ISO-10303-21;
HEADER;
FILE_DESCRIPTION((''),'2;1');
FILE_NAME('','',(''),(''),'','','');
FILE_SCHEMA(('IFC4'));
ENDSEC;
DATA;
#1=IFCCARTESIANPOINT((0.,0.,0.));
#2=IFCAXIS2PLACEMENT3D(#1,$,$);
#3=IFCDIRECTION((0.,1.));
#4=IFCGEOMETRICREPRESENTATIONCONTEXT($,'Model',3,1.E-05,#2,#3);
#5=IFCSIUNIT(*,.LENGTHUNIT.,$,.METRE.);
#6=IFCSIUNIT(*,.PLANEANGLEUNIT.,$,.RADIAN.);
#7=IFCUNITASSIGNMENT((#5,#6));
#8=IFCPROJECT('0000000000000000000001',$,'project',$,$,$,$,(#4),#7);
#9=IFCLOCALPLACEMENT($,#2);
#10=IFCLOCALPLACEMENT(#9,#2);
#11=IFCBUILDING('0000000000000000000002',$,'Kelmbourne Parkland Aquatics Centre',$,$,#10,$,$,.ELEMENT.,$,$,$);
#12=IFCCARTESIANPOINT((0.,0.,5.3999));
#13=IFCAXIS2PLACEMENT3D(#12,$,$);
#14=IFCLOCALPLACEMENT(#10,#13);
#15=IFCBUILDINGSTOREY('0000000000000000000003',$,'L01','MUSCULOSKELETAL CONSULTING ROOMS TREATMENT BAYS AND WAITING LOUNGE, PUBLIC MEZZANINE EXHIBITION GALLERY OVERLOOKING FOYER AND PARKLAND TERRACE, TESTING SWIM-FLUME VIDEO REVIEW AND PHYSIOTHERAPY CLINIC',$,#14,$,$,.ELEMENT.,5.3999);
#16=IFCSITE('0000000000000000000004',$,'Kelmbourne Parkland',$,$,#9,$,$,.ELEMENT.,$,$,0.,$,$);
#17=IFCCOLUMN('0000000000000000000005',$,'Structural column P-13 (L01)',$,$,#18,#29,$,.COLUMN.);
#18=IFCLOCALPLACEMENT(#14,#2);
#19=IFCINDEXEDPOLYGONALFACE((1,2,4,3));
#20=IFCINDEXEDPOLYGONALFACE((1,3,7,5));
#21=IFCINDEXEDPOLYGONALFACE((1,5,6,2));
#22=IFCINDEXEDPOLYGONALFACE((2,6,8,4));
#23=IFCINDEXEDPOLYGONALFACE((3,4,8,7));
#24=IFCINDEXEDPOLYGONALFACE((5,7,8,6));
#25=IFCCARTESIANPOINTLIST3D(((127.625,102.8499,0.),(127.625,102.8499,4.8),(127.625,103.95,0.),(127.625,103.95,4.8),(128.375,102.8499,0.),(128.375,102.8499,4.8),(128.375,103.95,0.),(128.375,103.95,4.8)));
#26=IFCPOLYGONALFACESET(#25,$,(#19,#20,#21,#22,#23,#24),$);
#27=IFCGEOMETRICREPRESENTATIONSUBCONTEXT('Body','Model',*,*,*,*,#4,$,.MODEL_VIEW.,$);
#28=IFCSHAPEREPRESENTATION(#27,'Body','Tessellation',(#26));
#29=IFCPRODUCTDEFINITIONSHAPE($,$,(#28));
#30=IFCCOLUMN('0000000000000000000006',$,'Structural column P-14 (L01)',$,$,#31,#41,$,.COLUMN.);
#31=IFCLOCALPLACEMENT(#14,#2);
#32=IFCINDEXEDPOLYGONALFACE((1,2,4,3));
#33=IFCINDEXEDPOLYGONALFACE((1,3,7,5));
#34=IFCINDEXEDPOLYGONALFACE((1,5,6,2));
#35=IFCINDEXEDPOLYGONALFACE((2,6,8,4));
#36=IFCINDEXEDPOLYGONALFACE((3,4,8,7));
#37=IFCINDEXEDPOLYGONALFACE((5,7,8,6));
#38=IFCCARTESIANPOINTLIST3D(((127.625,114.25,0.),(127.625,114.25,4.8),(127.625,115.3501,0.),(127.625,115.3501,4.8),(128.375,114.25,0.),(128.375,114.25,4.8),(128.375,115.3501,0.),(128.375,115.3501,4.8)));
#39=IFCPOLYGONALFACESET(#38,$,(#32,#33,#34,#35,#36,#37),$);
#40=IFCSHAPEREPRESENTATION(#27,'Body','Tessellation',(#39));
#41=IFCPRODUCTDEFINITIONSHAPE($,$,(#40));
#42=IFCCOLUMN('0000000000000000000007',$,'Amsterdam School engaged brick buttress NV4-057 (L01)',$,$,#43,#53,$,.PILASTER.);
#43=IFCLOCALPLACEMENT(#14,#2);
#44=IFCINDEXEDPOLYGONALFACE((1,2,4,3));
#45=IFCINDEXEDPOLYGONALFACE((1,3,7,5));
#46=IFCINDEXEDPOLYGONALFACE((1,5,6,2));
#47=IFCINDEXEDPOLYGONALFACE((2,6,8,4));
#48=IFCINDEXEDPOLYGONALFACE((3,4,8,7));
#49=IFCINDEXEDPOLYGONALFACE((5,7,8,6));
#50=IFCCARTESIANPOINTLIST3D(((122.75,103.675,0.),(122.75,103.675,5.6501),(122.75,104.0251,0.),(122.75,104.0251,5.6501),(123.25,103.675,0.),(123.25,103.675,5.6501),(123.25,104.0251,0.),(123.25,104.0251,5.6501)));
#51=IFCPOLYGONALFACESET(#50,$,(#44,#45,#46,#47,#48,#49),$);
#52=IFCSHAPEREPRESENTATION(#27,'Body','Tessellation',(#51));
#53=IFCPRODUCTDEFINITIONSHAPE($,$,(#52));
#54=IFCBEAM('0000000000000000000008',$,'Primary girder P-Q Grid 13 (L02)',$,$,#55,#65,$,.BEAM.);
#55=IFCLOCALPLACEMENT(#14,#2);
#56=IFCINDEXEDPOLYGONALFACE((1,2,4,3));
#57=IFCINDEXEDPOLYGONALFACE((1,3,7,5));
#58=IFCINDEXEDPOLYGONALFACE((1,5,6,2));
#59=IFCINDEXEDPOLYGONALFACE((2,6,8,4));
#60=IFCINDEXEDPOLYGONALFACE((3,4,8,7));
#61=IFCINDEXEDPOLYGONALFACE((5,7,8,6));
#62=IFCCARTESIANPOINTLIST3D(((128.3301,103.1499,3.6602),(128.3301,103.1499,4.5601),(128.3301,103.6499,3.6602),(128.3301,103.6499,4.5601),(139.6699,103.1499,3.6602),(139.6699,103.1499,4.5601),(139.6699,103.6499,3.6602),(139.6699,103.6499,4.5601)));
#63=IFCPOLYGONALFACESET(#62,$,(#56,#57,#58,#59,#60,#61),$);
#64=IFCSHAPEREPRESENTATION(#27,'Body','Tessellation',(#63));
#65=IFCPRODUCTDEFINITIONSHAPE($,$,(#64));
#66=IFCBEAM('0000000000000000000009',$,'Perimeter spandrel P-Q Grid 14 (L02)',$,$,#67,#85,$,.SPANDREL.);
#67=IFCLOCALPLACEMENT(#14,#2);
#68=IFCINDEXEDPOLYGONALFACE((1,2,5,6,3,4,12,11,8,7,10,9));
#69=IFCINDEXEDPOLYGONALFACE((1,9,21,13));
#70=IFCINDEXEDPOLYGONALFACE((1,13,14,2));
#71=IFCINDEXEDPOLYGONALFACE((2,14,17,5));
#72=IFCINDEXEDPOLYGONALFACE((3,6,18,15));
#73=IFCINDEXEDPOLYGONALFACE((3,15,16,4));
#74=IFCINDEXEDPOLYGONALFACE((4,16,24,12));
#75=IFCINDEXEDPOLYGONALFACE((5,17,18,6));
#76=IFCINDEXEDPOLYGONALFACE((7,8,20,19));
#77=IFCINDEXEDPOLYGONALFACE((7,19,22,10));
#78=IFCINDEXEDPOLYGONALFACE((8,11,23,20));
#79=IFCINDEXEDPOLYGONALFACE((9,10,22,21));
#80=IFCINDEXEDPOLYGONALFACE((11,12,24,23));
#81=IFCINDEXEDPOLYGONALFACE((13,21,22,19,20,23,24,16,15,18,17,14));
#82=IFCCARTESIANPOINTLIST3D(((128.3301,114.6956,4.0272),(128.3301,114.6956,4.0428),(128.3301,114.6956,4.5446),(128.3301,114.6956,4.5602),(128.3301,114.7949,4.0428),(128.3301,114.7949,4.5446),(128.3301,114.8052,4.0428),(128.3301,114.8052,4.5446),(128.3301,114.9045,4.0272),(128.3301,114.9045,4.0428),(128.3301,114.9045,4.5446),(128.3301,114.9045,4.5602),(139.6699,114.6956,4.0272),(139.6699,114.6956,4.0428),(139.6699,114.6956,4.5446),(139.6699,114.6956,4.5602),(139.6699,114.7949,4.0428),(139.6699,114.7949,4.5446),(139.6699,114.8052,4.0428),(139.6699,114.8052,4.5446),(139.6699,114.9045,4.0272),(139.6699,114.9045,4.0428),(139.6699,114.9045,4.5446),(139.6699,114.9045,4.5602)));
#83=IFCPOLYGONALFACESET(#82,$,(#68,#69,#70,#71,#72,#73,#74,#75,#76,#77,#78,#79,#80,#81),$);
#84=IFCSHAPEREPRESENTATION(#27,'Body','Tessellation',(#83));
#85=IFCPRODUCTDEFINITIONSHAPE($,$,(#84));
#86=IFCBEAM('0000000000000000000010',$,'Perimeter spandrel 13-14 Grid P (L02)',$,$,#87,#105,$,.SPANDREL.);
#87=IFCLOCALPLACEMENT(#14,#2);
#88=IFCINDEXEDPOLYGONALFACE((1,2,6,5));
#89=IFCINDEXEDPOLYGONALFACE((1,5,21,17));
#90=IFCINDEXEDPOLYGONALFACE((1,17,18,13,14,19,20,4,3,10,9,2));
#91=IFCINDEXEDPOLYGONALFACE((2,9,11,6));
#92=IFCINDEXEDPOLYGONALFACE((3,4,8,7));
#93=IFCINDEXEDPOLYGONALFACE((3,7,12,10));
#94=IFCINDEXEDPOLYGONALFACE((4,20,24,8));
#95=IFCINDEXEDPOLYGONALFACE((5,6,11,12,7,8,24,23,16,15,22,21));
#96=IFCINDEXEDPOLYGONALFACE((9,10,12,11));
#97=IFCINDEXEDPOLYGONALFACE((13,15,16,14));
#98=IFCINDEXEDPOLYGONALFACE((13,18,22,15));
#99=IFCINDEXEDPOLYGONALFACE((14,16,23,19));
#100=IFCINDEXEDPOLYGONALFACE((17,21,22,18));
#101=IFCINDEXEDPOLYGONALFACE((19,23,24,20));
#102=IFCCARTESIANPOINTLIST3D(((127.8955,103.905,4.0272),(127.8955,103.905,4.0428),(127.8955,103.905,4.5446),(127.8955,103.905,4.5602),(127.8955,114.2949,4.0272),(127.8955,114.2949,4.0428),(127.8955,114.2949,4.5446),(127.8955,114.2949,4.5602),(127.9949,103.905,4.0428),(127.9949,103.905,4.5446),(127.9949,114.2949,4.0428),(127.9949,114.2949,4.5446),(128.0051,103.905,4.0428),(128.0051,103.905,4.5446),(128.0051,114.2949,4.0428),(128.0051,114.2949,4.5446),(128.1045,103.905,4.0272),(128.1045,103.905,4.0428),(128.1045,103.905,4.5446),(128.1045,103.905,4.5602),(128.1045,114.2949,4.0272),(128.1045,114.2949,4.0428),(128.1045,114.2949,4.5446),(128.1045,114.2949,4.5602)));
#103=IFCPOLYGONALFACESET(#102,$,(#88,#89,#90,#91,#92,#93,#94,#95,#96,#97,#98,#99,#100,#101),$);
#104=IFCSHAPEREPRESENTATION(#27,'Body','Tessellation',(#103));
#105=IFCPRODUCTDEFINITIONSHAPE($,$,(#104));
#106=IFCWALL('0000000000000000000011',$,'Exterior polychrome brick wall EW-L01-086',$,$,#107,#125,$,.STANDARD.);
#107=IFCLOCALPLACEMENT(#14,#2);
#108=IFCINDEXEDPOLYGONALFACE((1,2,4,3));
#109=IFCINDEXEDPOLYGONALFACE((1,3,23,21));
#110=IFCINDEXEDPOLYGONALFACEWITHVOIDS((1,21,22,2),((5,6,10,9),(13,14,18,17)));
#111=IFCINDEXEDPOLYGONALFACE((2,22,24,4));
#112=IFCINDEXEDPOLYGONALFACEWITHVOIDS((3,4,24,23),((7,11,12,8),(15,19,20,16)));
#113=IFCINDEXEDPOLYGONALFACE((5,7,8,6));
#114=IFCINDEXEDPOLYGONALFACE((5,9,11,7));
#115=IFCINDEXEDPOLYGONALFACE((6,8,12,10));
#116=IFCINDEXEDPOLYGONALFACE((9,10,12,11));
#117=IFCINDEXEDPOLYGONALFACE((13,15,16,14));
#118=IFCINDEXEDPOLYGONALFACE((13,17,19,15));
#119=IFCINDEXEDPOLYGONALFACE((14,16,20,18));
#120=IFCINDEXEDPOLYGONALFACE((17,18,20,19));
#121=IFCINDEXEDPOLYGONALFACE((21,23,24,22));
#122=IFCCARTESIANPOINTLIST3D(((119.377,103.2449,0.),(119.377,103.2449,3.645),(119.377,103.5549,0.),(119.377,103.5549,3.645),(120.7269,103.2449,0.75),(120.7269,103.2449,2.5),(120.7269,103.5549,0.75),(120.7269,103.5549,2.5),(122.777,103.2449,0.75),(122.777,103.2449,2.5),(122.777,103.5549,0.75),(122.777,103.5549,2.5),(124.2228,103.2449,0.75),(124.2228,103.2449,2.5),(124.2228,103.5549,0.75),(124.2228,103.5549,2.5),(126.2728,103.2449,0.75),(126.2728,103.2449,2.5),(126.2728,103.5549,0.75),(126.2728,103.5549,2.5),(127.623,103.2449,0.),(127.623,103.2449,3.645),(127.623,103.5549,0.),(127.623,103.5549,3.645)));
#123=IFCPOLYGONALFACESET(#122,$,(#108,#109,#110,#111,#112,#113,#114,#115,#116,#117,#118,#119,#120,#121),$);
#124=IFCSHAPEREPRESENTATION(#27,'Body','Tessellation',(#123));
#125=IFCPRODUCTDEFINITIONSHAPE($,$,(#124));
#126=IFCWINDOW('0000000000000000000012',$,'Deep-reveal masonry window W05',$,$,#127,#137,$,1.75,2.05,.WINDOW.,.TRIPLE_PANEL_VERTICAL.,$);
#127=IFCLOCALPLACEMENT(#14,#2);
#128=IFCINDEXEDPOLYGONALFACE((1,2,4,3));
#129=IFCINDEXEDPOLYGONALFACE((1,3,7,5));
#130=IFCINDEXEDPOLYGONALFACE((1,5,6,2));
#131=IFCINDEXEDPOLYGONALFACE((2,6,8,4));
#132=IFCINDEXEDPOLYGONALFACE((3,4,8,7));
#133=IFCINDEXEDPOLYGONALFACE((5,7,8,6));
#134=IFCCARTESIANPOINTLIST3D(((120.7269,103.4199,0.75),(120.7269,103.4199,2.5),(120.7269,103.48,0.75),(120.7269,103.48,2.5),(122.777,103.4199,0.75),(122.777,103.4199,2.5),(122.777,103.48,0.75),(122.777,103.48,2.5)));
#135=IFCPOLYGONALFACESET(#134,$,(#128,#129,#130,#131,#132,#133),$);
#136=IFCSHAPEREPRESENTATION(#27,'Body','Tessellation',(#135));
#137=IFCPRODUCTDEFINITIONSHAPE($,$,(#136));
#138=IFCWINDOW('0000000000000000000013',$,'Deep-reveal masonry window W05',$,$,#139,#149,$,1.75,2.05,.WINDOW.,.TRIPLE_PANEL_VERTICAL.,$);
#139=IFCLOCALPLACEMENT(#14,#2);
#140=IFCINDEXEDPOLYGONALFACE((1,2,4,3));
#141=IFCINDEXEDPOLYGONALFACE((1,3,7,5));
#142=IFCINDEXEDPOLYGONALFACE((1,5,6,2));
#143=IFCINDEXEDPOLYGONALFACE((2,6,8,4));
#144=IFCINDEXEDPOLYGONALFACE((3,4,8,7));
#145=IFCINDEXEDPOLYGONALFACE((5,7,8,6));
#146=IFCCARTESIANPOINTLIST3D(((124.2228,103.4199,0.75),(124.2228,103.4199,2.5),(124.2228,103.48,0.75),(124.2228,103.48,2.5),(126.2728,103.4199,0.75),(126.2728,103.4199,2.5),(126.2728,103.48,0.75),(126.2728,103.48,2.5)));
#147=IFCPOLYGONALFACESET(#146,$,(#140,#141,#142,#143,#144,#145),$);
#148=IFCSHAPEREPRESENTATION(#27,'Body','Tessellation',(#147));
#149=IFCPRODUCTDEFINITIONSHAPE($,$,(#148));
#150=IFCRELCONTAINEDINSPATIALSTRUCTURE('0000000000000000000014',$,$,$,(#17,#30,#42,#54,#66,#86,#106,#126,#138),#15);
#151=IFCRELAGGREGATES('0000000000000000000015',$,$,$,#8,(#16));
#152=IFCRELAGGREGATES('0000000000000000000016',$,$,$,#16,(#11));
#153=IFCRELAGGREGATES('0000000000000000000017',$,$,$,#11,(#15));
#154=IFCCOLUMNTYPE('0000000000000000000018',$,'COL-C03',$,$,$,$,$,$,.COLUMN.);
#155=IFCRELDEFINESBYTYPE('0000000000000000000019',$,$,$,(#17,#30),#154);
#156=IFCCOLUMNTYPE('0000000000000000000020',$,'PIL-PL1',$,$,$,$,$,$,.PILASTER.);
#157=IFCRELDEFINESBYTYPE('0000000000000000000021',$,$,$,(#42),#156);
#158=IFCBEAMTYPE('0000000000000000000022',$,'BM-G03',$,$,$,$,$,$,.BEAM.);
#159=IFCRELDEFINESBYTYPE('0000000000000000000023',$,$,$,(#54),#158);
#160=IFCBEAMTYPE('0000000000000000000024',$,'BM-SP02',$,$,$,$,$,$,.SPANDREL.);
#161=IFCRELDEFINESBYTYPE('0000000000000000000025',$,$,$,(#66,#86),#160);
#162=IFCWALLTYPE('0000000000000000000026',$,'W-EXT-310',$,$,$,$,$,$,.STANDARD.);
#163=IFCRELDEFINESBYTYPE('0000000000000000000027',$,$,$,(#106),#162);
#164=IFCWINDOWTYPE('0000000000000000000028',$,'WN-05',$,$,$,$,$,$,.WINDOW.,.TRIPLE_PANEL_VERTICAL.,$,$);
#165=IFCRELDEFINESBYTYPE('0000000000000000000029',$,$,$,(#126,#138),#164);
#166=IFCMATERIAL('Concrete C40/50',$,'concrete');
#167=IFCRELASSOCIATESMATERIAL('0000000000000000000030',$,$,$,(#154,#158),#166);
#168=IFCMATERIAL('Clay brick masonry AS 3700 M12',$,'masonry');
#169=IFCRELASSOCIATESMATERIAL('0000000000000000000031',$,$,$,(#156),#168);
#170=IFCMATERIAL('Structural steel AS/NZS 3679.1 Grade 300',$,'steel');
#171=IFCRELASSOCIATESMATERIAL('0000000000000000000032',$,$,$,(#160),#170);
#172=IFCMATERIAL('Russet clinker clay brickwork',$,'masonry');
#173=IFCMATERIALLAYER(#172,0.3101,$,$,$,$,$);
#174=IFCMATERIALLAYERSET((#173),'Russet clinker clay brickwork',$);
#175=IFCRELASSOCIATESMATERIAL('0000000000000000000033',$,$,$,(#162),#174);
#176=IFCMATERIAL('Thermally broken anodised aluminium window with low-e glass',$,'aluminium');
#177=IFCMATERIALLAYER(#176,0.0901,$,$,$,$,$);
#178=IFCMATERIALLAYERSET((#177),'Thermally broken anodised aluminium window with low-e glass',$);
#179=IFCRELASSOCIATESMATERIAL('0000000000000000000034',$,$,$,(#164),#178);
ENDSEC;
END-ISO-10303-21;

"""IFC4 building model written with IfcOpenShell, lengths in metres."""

from ifc_helpers import new_model, si_unit, direction, frame, frame_2d, origin, origin_2d, place, context, subcontext, project, spatial, rectangle, i_section, extrude, material, layer, layer_set, material_profile, profile_set, type_object, element, fill, save


model = new_model("IFC4")

# Units and contexts
model_context = context("Model", 3, precision=1e-05, world=origin(), true_north=direction((0.0, 1.0)))
body_context = subcontext(model_context, "Body", "Model", "MODEL_VIEW")
ifc_project = project(units=[si_unit("LENGTHUNIT", "METRE"), si_unit("PLANEANGLEUNIT", "RADIAN")], contexts=[model_context])

# Site, building, storey
site_placement = place(None, origin())
site = spatial("IfcSite", under=ifc_project, at=site_placement, Name="Kelmbourne Parkland", CompositionType="ELEMENT", RefElevation=0.0)
building_placement = place(site_placement, origin())
building = spatial("IfcBuilding", under=site, at=building_placement, Name="Kelmbourne Parkland Aquatics Centre", CompositionType="ELEMENT")
storey_placement = place(building_placement, frame((0.0, 0.0, 5.3999)))
storey = spatial("IfcBuildingStorey", under=building, at=storey_placement, Name="L01", Description="MUSCULOSKELETAL CONSULTING ROOMS TREATMENT BAYS AND WAITING LOUNGE, PUBLIC MEZZANINE EXHIBITION GALLERY OVERLOOKING FOYER AND PARKLAND TERRACE, TESTING SWIM-FLUME VIDEO REVIEW AND PHYSIOTHERAPY CLINIC", CompositionType="ELEMENT", Elevation=5.3999)

# Columns
ifc_material_1 = material(Name="Concrete C40/50", Category="concrete")
ifc_material_profile_1 = material_profile(ifc_material_1, rectangle(XDim=0.75, YDim=1.1001, at=origin_2d()), Name="RC 750x1100")
ifc_profile_set_1 = profile_set([ifc_material_profile_1], Name="Concrete C40/50")
column_type_1 = type_object("IfcColumnType", Name="COL-C03", PredefinedType="COLUMN", material=ifc_profile_set_1)
for number, where, z_axis, x_axis, name in (
    (1, (128.0, 103.3999, 0.0), (0.0, 0.0, 1.0), (1.0, 0.0, 0.0), "Structural column P-13 (L01)"),
    (2, (128.0, 114.8, 0.0), (0.0, 0.0, 1.0), (1.0, 0.0, 0.0), "Structural column P-14 (L01)"),
):
    element("IfcColumn", number, at=place(storey_placement, frame(where, z_axis=z_axis, x_axis=x_axis)), inside=storey, type_object=column_type_1, Name=name, PredefinedType="COLUMN", context=body_context, shape_type="SweptSolid", body=[
        extrude(rectangle(XDim=0.75, YDim=1.1001, at=origin_2d()), origin(), (0.0, 0.0, 1.0), 4.8),
    ])
ifc_material_2 = material(Name="Clay brick masonry AS 3700 M12", Category="masonry")
ifc_material_profile_2 = material_profile(ifc_material_2, rectangle(XDim=0.3501, YDim=0.5, at=origin_2d()), Name="PIL 350x500")
ifc_profile_set_2 = profile_set([ifc_material_profile_2], Name="Clay brick masonry AS 3700 M12")
column_type_2 = type_object("IfcColumnType", Name="PIL-PL1", PredefinedType="PILASTER", material=ifc_profile_set_2)
column_placement = place(storey_placement, frame((123.0, 103.8501, 0.0), z_axis=(0.0, 0.0, 1.0), x_axis=(0.0, 1.0, 0.0)))
element("IfcColumn", 3, at=column_placement, inside=storey, type_object=column_type_2, Name="Amsterdam School engaged brick buttress NV4-057 (L01)", PredefinedType="PILASTER", context=body_context, shape_type="SweptSolid", body=[
    extrude(rectangle(XDim=0.3501, YDim=0.5, at=origin_2d()), origin(), (0.0, 0.0, 1.0), 5.6501),
])

# Beams
ifc_material_profile_3 = material_profile(ifc_material_1, rectangle(XDim=0.5, YDim=0.8999, at=origin_2d()), Name="RC 500x900")
ifc_profile_set_3 = profile_set([ifc_material_profile_3], Name="Concrete C40/50")
beam_type_1 = type_object("IfcBeamType", Name="BM-G03", PredefinedType="BEAM", material=ifc_profile_set_3)
beam_1_placement = place(storey_placement, frame((128.3301, 103.3999, 4.1101), z_axis=(1.0, 0.0, 0.0), x_axis=(0.0, 1.0, 0.0)))
element("IfcBeam", 4, at=beam_1_placement, inside=storey, type_object=beam_type_1, Name="Primary girder P-Q Grid 13 (L02)", PredefinedType="BEAM", context=body_context, shape_type="SweptSolid", body=[
    extrude(rectangle(XDim=0.5, YDim=0.8999, at=origin_2d()), origin(), (0.0, 0.0, 1.0), 11.3398),
])
ifc_material_3 = material(Name="Structural steel AS/NZS 3679.1 Grade 300", Category="steel")
ifc_material_profile_4 = material_profile(ifc_material_3, i_section(OverallWidth=0.209, OverallDepth=0.533, WebThickness=0.0103, FlangeThickness=0.0156, at=origin_2d()), Name="530UB92.4")
ifc_profile_set_4 = profile_set([ifc_material_profile_4], Name="Structural steel AS/NZS 3679.1 Grade 300")
beam_type_2 = type_object("IfcBeamType", Name="BM-SP02", PredefinedType="SPANDREL", material=ifc_profile_set_4)
beam_2_placement = place(storey_placement, frame((128.3301, 114.8, 4.2937), z_axis=(1.0, 0.0, 0.0), x_axis=(0.0, 1.0, 0.0)))
element("IfcBeam", 5, at=beam_2_placement, inside=storey, type_object=beam_type_2, Name="Perimeter spandrel P-Q Grid 14 (L02)", PredefinedType="SPANDREL", context=body_context, shape_type="SweptSolid", body=[
    extrude(i_section(OverallWidth=0.209, OverallDepth=0.533, WebThickness=0.0103, FlangeThickness=0.0156, at=origin_2d()), origin(), (0.0, 0.0, 1.0), 11.3398),
])
beam_3_placement = place(storey_placement, frame((128.0, 103.905, 4.2937), z_axis=(0.0, 1.0, 0.0), x_axis=(-1.0, 0.0, 0.0)))
element("IfcBeam", 6, at=beam_3_placement, inside=storey, type_object=beam_type_2, Name="Perimeter spandrel 13-14 Grid P (L02)", PredefinedType="SPANDREL", context=body_context, shape_type="SweptSolid", body=[
    extrude(i_section(OverallWidth=0.209, OverallDepth=0.533, WebThickness=0.0103, FlangeThickness=0.0156, at=origin_2d()), origin(), (0.0, 0.0, 1.0), 10.3899),
])

# Wall, openings, windows
ifc_material_4 = material(Name="Russet clinker clay brickwork", Category="masonry")
ifc_layer_1 = layer(ifc_material_4, 0.3101)
ifc_layer_set_1 = layer_set([ifc_layer_1], Name="Russet clinker clay brickwork")
wall_type_1 = type_object("IfcWallType", Name="W-EXT-310", PredefinedType="STANDARD", material=ifc_layer_set_1)
wall_1_placement = place(storey_placement, frame((119.377, 103.3999, 0.0), z_axis=(0.0, 0.0, 1.0), x_axis=(1.0, 0.0, 0.0)))
wall_1 = element("IfcWall", 7, at=wall_1_placement, inside=storey, type_object=wall_type_1, Name="Exterior polychrome brick wall EW-L01-086", PredefinedType="STANDARD", context=body_context, shape_type="SweptSolid", body=[
    extrude(rectangle(XDim=8.2461, YDim=0.3101, at=frame_2d((4.123, 0.0))), origin(), (0.0, 0.0, 1.0), 3.645),
])
opening_1_placement = place(wall_1_placement, frame((1.3501, 0.0, 0.75)))
opening_1 = element("IfcOpeningElement", 8, at=opening_1_placement, cuts=wall_1, PredefinedType="OPENING", context=body_context, shape_type="SweptSolid", body=[
    extrude(rectangle(XDim=2.05, YDim=1.75, at=frame_2d((1.0249, 0.875))), frame((0.0, 0.167, 0.0), z_axis=(0.0, -1.0, 0.0), x_axis=(1.0, 0.0, 0.0)), (0.0, 0.0, 1.0), 0.334),
])
opening_2_placement = place(wall_1_placement, frame((4.8459, 0.0, 0.75)))
opening_2 = element("IfcOpeningElement", 9, at=opening_2_placement, cuts=wall_1, PredefinedType="OPENING", context=body_context, shape_type="SweptSolid", body=[
    extrude(rectangle(XDim=2.05, YDim=1.75, at=frame_2d((1.0249, 0.875))), frame((0.0, 0.167, 0.0), z_axis=(0.0, -1.0, 0.0), x_axis=(1.0, 0.0, 0.0)), (0.0, 0.0, 1.0), 0.334),
])
ifc_material_5 = material(Name="Thermally broken anodised aluminium window with low-e glass", Category="aluminium")
ifc_layer_2 = layer(ifc_material_5, 0.0901)
ifc_layer_set_2 = layer_set([ifc_layer_2], Name="Thermally broken anodised aluminium window with low-e glass")
window_type_1 = type_object("IfcWindowType", Name="WN-05", PartitioningType="TRIPLE_PANEL_VERTICAL", PredefinedType="WINDOW", material=ifc_layer_set_2)
window_1_placement = place(opening_1_placement, origin())
window_1 = element("IfcWindow", 10, at=window_1_placement, inside=storey, type_object=window_type_1, Name="Deep-reveal masonry window W05", OverallHeight=1.75, OverallWidth=2.05, PartitioningType="TRIPLE_PANEL_VERTICAL", PredefinedType="WINDOW", context=body_context, shape_type="SweptSolid", body=[
    extrude(rectangle(XDim=2.05, YDim=1.75, at=frame_2d((1.0249, 0.875))), frame((0.0, 0.0801, 0.0), z_axis=(0.0, -1.0, 0.0), x_axis=(1.0, 0.0, 0.0)), (0.0, 0.0, 1.0), 0.0601),
])
fill(opening_1, window_1)
window_2_placement = place(opening_2_placement, origin())
window_2 = element("IfcWindow", 11, at=window_2_placement, inside=storey, type_object=window_type_1, Name="Deep-reveal masonry window W05", OverallHeight=1.75, OverallWidth=2.05, PartitioningType="TRIPLE_PANEL_VERTICAL", PredefinedType="WINDOW", context=body_context, shape_type="SweptSolid", body=[
    extrude(rectangle(XDim=2.05, YDim=1.75, at=frame_2d((1.0249, 0.875))), frame((0.0, 0.0801, 0.0), z_axis=(0.0, -1.0, 0.0), x_axis=(1.0, 0.0, 0.0)), (0.0, 0.0, 1.0), 0.0601),
])
fill(opening_2, window_2)

save(model, "model.ifc")
